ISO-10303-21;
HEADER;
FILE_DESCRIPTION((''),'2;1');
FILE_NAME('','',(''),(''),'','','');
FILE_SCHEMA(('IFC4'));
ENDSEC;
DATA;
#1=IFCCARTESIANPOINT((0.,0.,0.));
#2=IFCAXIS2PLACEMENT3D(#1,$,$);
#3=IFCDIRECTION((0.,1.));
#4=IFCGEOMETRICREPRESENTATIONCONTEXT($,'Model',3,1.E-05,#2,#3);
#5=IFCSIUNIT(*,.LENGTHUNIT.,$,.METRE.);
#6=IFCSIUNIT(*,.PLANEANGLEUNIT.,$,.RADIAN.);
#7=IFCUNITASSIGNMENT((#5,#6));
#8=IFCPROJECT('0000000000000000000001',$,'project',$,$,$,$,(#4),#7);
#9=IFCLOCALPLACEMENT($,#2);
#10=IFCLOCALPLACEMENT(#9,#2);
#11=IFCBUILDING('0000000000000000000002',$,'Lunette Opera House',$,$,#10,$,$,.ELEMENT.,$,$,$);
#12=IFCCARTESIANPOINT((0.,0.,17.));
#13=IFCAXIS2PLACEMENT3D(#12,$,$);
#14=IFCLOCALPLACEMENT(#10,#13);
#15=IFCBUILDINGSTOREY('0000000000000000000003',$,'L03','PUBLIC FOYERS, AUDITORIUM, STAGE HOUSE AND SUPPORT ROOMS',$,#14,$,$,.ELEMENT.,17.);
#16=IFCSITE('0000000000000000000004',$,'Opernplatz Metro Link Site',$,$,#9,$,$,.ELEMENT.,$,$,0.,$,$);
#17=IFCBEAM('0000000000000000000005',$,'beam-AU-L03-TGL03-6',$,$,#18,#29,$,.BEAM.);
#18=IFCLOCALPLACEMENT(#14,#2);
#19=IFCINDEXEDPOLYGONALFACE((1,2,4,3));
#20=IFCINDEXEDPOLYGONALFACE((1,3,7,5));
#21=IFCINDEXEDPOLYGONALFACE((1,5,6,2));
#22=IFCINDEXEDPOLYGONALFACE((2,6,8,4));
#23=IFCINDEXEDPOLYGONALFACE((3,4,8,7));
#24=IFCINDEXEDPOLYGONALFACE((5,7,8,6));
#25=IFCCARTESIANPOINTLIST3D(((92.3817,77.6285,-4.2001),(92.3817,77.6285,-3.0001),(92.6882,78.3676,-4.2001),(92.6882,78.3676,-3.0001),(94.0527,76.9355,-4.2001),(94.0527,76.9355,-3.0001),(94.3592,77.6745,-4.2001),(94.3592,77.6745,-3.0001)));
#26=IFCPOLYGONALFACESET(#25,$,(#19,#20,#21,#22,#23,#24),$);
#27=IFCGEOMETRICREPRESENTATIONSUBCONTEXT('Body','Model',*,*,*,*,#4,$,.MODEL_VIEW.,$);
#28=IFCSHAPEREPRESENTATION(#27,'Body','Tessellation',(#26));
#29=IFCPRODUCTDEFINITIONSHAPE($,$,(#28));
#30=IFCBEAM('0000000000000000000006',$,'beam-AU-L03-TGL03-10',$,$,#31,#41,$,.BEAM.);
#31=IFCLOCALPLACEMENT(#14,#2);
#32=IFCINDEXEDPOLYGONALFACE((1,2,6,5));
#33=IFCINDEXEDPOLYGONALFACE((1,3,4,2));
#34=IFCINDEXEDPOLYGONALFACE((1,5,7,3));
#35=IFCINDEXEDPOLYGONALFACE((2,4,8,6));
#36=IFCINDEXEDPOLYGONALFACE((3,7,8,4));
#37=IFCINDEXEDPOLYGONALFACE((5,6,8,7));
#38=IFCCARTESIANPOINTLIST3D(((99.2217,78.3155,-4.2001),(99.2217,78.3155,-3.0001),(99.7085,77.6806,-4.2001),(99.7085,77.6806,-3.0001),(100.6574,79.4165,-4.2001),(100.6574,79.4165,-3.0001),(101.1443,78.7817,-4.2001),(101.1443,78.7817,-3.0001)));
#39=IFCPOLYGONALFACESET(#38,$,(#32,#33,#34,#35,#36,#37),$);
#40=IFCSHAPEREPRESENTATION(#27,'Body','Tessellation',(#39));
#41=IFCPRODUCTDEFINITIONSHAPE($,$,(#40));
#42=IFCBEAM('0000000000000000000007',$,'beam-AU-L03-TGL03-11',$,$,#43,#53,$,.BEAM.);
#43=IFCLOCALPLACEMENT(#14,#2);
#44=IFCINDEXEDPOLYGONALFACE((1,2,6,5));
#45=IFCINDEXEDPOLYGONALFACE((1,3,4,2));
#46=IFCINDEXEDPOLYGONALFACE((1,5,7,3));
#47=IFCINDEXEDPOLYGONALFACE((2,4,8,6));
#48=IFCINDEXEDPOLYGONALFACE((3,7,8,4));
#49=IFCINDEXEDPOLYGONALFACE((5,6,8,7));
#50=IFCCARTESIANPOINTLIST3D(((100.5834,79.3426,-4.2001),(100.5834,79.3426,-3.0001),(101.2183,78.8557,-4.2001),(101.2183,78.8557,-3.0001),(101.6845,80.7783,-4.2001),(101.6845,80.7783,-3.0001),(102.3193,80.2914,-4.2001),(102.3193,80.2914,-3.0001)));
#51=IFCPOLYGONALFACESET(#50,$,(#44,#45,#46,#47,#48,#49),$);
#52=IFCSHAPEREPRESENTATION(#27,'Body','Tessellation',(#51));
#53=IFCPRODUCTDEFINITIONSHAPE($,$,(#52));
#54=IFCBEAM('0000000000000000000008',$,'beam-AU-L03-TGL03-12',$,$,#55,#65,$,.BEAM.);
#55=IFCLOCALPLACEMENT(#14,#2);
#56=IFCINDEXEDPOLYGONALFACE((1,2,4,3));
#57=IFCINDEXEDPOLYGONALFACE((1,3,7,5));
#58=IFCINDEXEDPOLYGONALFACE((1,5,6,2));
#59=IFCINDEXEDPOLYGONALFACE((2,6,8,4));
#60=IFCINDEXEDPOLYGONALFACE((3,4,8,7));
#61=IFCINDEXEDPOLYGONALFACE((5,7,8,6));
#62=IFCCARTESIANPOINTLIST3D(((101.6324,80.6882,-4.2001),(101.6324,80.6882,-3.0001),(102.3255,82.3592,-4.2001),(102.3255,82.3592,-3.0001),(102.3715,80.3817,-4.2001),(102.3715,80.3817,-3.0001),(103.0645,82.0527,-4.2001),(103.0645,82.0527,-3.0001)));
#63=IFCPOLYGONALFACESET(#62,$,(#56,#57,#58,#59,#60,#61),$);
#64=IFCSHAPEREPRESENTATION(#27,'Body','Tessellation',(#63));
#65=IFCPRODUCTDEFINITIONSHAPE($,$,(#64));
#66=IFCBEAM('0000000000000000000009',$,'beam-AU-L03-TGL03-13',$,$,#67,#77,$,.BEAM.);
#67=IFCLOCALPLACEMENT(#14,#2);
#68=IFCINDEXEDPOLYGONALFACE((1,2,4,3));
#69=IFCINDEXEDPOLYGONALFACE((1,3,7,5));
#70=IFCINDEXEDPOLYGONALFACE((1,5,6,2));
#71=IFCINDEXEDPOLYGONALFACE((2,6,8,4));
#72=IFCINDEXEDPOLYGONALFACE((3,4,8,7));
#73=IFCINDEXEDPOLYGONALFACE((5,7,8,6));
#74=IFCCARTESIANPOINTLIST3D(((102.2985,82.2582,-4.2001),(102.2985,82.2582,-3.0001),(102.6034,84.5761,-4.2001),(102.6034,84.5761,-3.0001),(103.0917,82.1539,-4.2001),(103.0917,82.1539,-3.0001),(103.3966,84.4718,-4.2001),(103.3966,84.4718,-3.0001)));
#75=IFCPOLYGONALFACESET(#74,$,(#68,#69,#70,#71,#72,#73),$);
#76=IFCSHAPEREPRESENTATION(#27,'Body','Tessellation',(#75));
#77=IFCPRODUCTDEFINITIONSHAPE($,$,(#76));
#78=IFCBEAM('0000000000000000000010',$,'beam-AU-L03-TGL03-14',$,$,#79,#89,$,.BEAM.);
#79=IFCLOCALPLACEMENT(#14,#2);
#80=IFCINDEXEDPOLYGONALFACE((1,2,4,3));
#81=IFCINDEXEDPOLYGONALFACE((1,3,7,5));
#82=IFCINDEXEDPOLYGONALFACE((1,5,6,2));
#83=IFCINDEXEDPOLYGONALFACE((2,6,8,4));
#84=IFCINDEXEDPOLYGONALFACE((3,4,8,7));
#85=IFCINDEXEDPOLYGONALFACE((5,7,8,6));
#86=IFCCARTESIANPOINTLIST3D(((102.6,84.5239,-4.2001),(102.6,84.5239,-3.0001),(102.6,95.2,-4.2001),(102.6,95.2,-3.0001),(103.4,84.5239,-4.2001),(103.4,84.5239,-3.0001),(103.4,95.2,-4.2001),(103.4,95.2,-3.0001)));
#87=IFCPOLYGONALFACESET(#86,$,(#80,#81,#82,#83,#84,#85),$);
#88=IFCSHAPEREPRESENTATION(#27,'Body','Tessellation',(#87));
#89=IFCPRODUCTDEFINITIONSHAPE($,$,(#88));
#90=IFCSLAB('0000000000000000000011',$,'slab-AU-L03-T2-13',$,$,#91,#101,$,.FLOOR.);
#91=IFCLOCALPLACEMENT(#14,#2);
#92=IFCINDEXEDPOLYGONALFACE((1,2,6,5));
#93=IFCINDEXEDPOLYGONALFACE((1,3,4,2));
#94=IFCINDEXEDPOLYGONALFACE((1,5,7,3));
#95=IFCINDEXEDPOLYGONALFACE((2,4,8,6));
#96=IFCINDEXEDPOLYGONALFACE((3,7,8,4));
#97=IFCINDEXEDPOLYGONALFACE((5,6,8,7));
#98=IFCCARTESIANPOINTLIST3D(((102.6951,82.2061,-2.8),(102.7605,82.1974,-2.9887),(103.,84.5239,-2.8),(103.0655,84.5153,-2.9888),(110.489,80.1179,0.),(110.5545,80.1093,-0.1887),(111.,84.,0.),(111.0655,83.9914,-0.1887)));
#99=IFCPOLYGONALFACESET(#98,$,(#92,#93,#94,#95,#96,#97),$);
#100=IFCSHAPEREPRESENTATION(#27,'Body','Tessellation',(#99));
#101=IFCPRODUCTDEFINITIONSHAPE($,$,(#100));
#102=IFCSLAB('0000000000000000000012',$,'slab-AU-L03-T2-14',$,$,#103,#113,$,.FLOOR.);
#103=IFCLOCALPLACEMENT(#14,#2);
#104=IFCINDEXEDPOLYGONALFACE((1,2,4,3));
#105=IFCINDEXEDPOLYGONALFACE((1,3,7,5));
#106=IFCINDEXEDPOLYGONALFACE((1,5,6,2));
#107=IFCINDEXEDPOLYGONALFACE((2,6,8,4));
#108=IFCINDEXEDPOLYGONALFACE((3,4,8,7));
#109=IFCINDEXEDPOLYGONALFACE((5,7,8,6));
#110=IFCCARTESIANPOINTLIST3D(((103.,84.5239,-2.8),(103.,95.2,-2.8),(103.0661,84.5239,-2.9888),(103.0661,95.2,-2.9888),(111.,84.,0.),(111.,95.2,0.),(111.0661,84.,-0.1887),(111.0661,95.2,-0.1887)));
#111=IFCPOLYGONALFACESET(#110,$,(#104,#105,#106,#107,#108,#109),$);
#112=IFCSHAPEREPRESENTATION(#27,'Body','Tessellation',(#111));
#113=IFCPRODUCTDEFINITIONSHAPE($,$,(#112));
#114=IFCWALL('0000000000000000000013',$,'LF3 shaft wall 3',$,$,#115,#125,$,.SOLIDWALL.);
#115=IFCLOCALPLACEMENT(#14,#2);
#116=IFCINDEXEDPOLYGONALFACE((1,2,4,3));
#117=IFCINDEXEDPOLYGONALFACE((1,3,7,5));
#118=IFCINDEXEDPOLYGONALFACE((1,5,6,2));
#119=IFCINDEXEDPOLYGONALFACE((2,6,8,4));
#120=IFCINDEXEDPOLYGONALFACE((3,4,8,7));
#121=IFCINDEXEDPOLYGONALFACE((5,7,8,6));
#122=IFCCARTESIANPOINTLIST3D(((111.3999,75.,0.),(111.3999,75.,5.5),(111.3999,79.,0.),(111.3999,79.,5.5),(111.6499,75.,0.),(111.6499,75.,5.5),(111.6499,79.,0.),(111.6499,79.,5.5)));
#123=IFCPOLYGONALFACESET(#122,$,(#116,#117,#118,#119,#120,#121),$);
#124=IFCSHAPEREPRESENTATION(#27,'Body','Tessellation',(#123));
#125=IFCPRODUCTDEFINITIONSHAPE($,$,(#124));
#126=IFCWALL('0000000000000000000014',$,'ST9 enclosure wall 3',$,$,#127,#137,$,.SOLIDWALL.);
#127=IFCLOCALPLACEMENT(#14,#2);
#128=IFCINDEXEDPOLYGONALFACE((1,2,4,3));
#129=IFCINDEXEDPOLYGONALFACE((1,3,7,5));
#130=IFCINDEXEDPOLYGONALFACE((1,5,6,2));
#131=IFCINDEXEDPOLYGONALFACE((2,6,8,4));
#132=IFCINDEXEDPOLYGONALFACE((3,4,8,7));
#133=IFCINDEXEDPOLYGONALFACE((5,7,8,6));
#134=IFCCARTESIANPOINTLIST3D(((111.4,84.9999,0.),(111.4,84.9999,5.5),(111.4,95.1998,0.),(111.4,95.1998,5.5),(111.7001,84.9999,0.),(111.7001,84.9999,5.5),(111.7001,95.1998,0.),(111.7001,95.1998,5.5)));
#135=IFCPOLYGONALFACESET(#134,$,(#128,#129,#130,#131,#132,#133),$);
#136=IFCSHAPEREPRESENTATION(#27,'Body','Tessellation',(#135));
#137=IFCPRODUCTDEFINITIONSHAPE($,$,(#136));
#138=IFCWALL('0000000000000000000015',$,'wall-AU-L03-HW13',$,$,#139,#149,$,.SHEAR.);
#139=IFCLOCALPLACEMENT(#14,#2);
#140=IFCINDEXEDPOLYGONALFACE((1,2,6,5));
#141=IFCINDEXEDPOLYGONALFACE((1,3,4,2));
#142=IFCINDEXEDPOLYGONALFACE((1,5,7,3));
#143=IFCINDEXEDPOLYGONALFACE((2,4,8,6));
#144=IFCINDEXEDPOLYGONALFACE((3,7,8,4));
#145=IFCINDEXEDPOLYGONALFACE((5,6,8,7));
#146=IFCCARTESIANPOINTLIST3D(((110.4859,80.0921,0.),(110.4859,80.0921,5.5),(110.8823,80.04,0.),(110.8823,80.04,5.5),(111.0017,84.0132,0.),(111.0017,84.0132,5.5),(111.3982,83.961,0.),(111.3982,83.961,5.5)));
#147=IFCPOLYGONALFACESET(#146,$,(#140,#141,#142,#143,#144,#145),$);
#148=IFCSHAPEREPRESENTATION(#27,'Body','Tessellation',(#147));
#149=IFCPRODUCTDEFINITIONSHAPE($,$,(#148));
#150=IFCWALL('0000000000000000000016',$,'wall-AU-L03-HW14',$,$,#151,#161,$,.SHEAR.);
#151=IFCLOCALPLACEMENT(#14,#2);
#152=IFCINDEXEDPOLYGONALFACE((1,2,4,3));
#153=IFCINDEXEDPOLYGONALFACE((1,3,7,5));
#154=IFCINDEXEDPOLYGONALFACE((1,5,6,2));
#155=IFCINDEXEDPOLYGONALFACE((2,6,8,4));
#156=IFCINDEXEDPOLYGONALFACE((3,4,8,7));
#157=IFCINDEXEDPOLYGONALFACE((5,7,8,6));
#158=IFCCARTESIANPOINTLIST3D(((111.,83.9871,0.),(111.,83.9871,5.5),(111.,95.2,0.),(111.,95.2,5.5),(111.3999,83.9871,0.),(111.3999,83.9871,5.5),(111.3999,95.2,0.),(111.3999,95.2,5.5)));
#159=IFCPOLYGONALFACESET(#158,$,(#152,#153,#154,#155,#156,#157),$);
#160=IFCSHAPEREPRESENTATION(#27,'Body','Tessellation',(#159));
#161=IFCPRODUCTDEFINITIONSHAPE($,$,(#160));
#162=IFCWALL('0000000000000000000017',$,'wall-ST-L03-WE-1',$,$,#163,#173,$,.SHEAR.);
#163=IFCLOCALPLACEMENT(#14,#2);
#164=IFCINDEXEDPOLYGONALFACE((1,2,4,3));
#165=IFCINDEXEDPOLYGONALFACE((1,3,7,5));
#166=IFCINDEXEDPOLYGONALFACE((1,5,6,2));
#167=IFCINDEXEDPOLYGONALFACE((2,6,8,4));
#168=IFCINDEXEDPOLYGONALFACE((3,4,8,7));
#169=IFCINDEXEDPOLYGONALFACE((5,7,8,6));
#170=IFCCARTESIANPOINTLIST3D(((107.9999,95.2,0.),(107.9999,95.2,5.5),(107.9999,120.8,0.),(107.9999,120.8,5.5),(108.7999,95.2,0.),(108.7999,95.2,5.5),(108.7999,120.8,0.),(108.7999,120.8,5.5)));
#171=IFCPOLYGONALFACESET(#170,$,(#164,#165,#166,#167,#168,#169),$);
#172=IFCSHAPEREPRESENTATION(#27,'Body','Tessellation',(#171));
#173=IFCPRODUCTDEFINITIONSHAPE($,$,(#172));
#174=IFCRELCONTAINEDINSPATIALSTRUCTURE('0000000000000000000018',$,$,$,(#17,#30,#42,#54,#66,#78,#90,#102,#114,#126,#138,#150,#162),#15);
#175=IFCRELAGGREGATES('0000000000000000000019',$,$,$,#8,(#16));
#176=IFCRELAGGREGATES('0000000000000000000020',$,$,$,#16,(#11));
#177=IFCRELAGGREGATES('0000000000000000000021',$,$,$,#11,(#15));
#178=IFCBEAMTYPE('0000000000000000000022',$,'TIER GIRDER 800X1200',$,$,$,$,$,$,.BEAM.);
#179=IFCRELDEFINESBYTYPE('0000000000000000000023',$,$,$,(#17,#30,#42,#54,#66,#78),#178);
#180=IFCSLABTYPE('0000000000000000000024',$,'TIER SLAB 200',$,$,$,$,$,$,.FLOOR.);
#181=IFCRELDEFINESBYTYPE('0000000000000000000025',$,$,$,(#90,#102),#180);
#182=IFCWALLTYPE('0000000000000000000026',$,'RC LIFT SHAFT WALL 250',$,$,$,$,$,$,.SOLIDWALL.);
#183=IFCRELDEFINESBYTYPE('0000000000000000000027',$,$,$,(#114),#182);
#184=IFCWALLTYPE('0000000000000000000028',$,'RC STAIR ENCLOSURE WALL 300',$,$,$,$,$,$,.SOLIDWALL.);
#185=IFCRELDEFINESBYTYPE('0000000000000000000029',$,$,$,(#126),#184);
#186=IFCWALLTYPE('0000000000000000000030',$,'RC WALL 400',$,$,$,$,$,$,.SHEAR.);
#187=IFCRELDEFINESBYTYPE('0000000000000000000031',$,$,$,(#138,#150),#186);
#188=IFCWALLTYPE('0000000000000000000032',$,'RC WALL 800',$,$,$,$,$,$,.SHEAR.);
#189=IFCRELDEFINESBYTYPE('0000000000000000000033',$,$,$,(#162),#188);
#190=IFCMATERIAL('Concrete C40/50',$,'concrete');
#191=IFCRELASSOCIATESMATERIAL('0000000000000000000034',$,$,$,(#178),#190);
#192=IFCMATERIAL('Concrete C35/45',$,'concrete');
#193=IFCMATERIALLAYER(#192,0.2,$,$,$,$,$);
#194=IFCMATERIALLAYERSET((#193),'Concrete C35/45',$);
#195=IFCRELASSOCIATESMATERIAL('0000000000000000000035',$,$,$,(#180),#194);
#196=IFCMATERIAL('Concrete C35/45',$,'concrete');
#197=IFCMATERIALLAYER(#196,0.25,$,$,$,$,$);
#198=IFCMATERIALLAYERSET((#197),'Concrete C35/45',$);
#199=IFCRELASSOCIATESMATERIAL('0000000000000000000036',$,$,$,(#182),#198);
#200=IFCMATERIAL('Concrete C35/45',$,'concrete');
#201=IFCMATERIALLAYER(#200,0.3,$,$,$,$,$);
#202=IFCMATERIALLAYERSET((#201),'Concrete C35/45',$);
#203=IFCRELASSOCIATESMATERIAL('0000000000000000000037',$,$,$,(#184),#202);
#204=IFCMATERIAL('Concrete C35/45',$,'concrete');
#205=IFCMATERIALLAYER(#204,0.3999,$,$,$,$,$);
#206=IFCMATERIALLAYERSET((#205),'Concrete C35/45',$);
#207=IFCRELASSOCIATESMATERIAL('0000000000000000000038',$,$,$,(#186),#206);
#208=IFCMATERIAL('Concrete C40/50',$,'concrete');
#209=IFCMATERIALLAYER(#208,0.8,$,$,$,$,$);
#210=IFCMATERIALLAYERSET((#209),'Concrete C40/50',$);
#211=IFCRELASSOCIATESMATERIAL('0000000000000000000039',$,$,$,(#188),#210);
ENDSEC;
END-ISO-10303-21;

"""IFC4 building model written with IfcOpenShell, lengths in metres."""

from ifc_helpers import new_model, si_unit, direction, frame, frame_2d, origin, origin_2d, place, context, subcontext, project, spatial, polyline, rectangle, outline, extrude, material, layer, layer_set, material_profile, profile_set, type_object, element, save


model = new_model("IFC4")

# Units and contexts
model_context = context("Model", 3, precision=1e-05, world=origin(), true_north=direction((0.0, 1.0)))
body_context = subcontext(model_context, "Body", "Model", "MODEL_VIEW")
ifc_project = project(units=[si_unit("LENGTHUNIT", "METRE"), si_unit("PLANEANGLEUNIT", "RADIAN")], contexts=[model_context])

# Site, building, storey
site_placement = place(None, origin())
site = spatial("IfcSite", under=ifc_project, at=site_placement, Name="Opernplatz Metro Link Site", CompositionType="ELEMENT", RefElevation=0.0)
building_placement = place(site_placement, origin())
building = spatial("IfcBuilding", under=site, at=building_placement, Name="Lunette Opera House", CompositionType="ELEMENT")
storey_placement = place(building_placement, frame((0.0, 0.0, 17.0)))
storey = spatial("IfcBuildingStorey", under=building, at=storey_placement, Name="L03", Description="PUBLIC FOYERS, AUDITORIUM, STAGE HOUSE AND SUPPORT ROOMS", CompositionType="ELEMENT", Elevation=17.0)

# Beams
ifc_material_1 = material(Name="Concrete C40/50", Category="concrete")
ifc_material_profile_1 = material_profile(ifc_material_1, rectangle(XDim=0.8, YDim=1.2, at=origin_2d()), Name="TIER GIRDER 800X1200")
ifc_profile_set_1 = profile_set([ifc_material_profile_1], Name="Concrete C40/50")
beam_type_1 = type_object("IfcBeamType", Name="TIER GIRDER 800X1200", PredefinedType="BEAM", material=ifc_profile_set_1)
beam_1_placement = place(storey_placement, frame((92.5349, 77.998, -3.6001), z_axis=(0.923703, -0.383111, 0.0), x_axis=(0.383111, 0.923703, 0.0)))
element("IfcBeam", 1, at=beam_1_placement, inside=storey, type_object=beam_type_1, Name="beam-AU-L03-TGL03-6", PredefinedType="BEAM", context=body_context, shape_type="SweptSolid", body=[
    extrude(rectangle(XDim=0.8, YDim=1.2, at=origin_2d()), origin(), (0.0, 0.0, 1.0), 1.8091),
])
for number, where, z_axis, x_axis, name in (
    (2, (99.4651, 77.998, -3.6001), (0.793526, 0.608536, 0.0), (-0.608536, 0.793526, 0.0), "beam-AU-L03-TGL03-10"),
    (3, (100.9009, 79.0991, -3.6001), (0.608536, 0.793526, 0.0), (-0.793526, 0.608536, 0.0), "beam-AU-L03-TGL03-11"),
):
    element("IfcBeam", number, at=place(storey_placement, frame(where, z_axis=z_axis, x_axis=x_axis)), inside=storey, type_object=beam_type_1, Name=name, PredefinedType="BEAM", context=body_context, shape_type="SweptSolid", body=[
        extrude(rectangle(XDim=0.8, YDim=1.2, at=origin_2d()), origin(), (0.0, 0.0, 1.0), 1.8093),
    ])
beam_2_placement = place(storey_placement, frame((102.002, 80.5349, -3.6001), z_axis=(0.383111, 0.923703, 0.0), x_axis=(-0.923703, 0.383111, 0.0)))
element("IfcBeam", 4, at=beam_2_placement, inside=storey, type_object=beam_type_1, Name="beam-AU-L03-TGL03-12", PredefinedType="BEAM", context=body_context, shape_type="SweptSolid", body=[
    extrude(rectangle(XDim=0.8, YDim=1.2, at=origin_2d()), origin(), (0.0, 0.0, 1.0), 1.8091),
])
beam_3_placement = place(storey_placement, frame((102.6951, 82.2061, -3.6001), z_axis=(0.130433, 0.991457, 0.0), x_axis=(-0.991457, 0.130433, 0.0)))
element("IfcBeam", 5, at=beam_3_placement, inside=storey, type_object=beam_type_1, Name="beam-AU-L03-TGL03-13", PredefinedType="BEAM", context=body_context, shape_type="SweptSolid", body=[
    extrude(rectangle(XDim=0.8, YDim=1.2, at=origin_2d()), origin(), (0.0, 0.0, 1.0), 2.3379),
])
beam_4_placement = place(storey_placement, frame((103.0, 84.5239, -3.6001), z_axis=(0.0, 1.0, 0.0), x_axis=(-1.0, 0.0, 0.0)))
element("IfcBeam", 6, at=beam_4_placement, inside=storey, type_object=beam_type_1, Name="beam-AU-L03-TGL03-14", PredefinedType="BEAM", context=body_context, shape_type="SweptSolid", body=[
    extrude(rectangle(XDim=0.8, YDim=1.2, at=origin_2d()), origin(), (0.0, 0.0, 1.0), 10.676),
])

# Slabs
ifc_material_2 = material(Name="Concrete C35/45", Category="concrete")
ifc_layer_1 = layer(ifc_material_2, 0.2)
ifc_layer_set_1 = layer_set([ifc_layer_1], Name="Concrete C35/45")
slab_type = type_object("IfcSlabType", Name="TIER SLAB 200", PredefinedType="FLOOR", material=ifc_layer_set_1)
slab_1_placement = place(storey_placement, frame((110.489, 80.1179, 0.0), z_axis=(-0.327536, 0.043104, 0.943855), x_axis=(0.130498, 0.991449, 0.000008)))
element("IfcSlab", 7, at=slab_1_placement, inside=storey, type_object=slab_type, Name="slab-AU-L03-T2-13", PredefinedType="FLOOR", context=body_context, shape_type="SweptSolid", body=[
    extrude(outline(polyline([(0.0, 0.0), (3.9156, 0.0), (3.391, 8.4758), (1.0532, 8.4757), (0.0, 0.0)])), origin(), (0.0, 0.0, -1.0), 0.2),
])
slab_2_placement = place(storey_placement, frame((111.0, 84.0, 0.0), z_axis=(-0.330356, 0.0, 0.943857), x_axis=(0.0, 1.0, 0.0)))
element("IfcSlab", 8, at=slab_2_placement, inside=storey, type_object=slab_type, Name="slab-AU-L03-T2-14", PredefinedType="FLOOR", context=body_context, shape_type="SweptSolid", body=[
    extrude(outline(polyline([(0.0, 0.0), (11.2, 0.0), (11.2, 8.4759), (0.5239, 8.4759), (0.0, 0.0)])), origin(), (0.0, 0.0, -1.0), 0.2),
])

# Walls
ifc_material_3 = material(Name="Concrete C35/45", Category="concrete")
ifc_layer_2 = layer(ifc_material_3, 0.25)
ifc_layer_set_2 = layer_set([ifc_layer_2], Name="Concrete C35/45")
wall_type_1 = type_object("IfcWallType", Name="RC LIFT SHAFT WALL 250", PredefinedType="SOLIDWALL", material=ifc_layer_set_2)
wall_1_placement = place(storey_placement, frame((111.5249, 79.0, 0.0), z_axis=(0.0, 0.0, 1.0), x_axis=(0.0, -1.0, 0.0)))
element("IfcWall", 9, at=wall_1_placement, inside=storey, type_object=wall_type_1, Name="LF3 shaft wall 3", PredefinedType="SOLIDWALL", context=body_context, shape_type="SweptSolid", body=[
    extrude(rectangle(XDim=4.0, YDim=0.25, at=frame_2d((2.0, 0.0))), origin(), (0.0, 0.0, 1.0), 5.5),
])
ifc_material_4 = material(Name="Concrete C35/45", Category="concrete")
ifc_layer_3 = layer(ifc_material_4, 0.3)
ifc_layer_set_3 = layer_set([ifc_layer_3], Name="Concrete C35/45")
wall_type_2 = type_object("IfcWallType", Name="RC STAIR ENCLOSURE WALL 300", PredefinedType="SOLIDWALL", material=ifc_layer_set_3)
wall_2_placement = place(storey_placement, frame((111.55, 95.2, 0.0), z_axis=(0.0, 0.0, 1.0), x_axis=(0.0, -1.0, 0.0)))
element("IfcWall", 10, at=wall_2_placement, inside=storey, type_object=wall_type_2, Name="ST9 enclosure wall 3", PredefinedType="SOLIDWALL", context=body_context, shape_type="SweptSolid", body=[
    extrude(rectangle(XDim=10.2, YDim=0.3, at=frame_2d((5.1001, 0.0))), origin(), (0.0, 0.0, 1.0), 5.5),
])
ifc_material_5 = material(Name="Concrete C35/45", Category="concrete")
ifc_layer_4 = layer(ifc_material_5, 0.3999)
ifc_layer_set_4 = layer_set([ifc_layer_4], Name="Concrete C35/45")
wall_type_3 = type_object("IfcWallType", Name="RC WALL 400", PredefinedType="SHEAR", material=ifc_layer_set_4)
wall_3_placement = place(storey_placement, frame((110.6841, 80.0659, 0.0), z_axis=(0.0, 0.0, 1.0), x_axis=(0.130437, 0.991457, 0.0)))
element("IfcWall", 11, at=wall_3_placement, inside=storey, type_object=wall_type_3, Name="wall-AU-L03-HW13", PredefinedType="SHEAR", context=body_context, shape_type="SweptSolid", body=[
    extrude(rectangle(XDim=3.9548, YDim=0.3999, at=frame_2d((1.9775, 0.0))), origin(), (0.0, 0.0, 1.0), 5.5),
])
wall_4_placement = place(storey_placement, frame((111.2, 83.9871, 0.0), z_axis=(0.0, 0.0, 1.0), x_axis=(0.0, 1.0, 0.0)))
element("IfcWall", 12, at=wall_4_placement, inside=storey, type_object=wall_type_3, Name="wall-AU-L03-HW14", PredefinedType="SHEAR", context=body_context, shape_type="SweptSolid", body=[
    extrude(rectangle(XDim=11.2129, YDim=0.3999, at=frame_2d((5.6064, 0.0))), origin(), (0.0, 0.0, 1.0), 5.5),
])
ifc_material_6 = material(Name="Concrete C40/50", Category="concrete")
ifc_layer_5 = layer(ifc_material_6, 0.8)
ifc_layer_set_5 = layer_set([ifc_layer_5], Name="Concrete C40/50")
wall_type_4 = type_object("IfcWallType", Name="RC WALL 800", PredefinedType="SHEAR", material=ifc_layer_set_5)
wall_5_placement = place(storey_placement, frame((108.3999, 95.2, 0.0), z_axis=(0.0, 0.0, 1.0), x_axis=(0.0, 1.0, 0.0)))
element("IfcWall", 13, at=wall_5_placement, inside=storey, type_object=wall_type_4, Name="wall-ST-L03-WE-1", PredefinedType="SHEAR", context=body_context, shape_type="SweptSolid", body=[
    extrude(rectangle(XDim=25.6001, YDim=0.8, at=frame_2d((12.8, 0.0))), origin(), (0.0, 0.0, 1.0), 5.5),
])

save(model, "model.ifc")
